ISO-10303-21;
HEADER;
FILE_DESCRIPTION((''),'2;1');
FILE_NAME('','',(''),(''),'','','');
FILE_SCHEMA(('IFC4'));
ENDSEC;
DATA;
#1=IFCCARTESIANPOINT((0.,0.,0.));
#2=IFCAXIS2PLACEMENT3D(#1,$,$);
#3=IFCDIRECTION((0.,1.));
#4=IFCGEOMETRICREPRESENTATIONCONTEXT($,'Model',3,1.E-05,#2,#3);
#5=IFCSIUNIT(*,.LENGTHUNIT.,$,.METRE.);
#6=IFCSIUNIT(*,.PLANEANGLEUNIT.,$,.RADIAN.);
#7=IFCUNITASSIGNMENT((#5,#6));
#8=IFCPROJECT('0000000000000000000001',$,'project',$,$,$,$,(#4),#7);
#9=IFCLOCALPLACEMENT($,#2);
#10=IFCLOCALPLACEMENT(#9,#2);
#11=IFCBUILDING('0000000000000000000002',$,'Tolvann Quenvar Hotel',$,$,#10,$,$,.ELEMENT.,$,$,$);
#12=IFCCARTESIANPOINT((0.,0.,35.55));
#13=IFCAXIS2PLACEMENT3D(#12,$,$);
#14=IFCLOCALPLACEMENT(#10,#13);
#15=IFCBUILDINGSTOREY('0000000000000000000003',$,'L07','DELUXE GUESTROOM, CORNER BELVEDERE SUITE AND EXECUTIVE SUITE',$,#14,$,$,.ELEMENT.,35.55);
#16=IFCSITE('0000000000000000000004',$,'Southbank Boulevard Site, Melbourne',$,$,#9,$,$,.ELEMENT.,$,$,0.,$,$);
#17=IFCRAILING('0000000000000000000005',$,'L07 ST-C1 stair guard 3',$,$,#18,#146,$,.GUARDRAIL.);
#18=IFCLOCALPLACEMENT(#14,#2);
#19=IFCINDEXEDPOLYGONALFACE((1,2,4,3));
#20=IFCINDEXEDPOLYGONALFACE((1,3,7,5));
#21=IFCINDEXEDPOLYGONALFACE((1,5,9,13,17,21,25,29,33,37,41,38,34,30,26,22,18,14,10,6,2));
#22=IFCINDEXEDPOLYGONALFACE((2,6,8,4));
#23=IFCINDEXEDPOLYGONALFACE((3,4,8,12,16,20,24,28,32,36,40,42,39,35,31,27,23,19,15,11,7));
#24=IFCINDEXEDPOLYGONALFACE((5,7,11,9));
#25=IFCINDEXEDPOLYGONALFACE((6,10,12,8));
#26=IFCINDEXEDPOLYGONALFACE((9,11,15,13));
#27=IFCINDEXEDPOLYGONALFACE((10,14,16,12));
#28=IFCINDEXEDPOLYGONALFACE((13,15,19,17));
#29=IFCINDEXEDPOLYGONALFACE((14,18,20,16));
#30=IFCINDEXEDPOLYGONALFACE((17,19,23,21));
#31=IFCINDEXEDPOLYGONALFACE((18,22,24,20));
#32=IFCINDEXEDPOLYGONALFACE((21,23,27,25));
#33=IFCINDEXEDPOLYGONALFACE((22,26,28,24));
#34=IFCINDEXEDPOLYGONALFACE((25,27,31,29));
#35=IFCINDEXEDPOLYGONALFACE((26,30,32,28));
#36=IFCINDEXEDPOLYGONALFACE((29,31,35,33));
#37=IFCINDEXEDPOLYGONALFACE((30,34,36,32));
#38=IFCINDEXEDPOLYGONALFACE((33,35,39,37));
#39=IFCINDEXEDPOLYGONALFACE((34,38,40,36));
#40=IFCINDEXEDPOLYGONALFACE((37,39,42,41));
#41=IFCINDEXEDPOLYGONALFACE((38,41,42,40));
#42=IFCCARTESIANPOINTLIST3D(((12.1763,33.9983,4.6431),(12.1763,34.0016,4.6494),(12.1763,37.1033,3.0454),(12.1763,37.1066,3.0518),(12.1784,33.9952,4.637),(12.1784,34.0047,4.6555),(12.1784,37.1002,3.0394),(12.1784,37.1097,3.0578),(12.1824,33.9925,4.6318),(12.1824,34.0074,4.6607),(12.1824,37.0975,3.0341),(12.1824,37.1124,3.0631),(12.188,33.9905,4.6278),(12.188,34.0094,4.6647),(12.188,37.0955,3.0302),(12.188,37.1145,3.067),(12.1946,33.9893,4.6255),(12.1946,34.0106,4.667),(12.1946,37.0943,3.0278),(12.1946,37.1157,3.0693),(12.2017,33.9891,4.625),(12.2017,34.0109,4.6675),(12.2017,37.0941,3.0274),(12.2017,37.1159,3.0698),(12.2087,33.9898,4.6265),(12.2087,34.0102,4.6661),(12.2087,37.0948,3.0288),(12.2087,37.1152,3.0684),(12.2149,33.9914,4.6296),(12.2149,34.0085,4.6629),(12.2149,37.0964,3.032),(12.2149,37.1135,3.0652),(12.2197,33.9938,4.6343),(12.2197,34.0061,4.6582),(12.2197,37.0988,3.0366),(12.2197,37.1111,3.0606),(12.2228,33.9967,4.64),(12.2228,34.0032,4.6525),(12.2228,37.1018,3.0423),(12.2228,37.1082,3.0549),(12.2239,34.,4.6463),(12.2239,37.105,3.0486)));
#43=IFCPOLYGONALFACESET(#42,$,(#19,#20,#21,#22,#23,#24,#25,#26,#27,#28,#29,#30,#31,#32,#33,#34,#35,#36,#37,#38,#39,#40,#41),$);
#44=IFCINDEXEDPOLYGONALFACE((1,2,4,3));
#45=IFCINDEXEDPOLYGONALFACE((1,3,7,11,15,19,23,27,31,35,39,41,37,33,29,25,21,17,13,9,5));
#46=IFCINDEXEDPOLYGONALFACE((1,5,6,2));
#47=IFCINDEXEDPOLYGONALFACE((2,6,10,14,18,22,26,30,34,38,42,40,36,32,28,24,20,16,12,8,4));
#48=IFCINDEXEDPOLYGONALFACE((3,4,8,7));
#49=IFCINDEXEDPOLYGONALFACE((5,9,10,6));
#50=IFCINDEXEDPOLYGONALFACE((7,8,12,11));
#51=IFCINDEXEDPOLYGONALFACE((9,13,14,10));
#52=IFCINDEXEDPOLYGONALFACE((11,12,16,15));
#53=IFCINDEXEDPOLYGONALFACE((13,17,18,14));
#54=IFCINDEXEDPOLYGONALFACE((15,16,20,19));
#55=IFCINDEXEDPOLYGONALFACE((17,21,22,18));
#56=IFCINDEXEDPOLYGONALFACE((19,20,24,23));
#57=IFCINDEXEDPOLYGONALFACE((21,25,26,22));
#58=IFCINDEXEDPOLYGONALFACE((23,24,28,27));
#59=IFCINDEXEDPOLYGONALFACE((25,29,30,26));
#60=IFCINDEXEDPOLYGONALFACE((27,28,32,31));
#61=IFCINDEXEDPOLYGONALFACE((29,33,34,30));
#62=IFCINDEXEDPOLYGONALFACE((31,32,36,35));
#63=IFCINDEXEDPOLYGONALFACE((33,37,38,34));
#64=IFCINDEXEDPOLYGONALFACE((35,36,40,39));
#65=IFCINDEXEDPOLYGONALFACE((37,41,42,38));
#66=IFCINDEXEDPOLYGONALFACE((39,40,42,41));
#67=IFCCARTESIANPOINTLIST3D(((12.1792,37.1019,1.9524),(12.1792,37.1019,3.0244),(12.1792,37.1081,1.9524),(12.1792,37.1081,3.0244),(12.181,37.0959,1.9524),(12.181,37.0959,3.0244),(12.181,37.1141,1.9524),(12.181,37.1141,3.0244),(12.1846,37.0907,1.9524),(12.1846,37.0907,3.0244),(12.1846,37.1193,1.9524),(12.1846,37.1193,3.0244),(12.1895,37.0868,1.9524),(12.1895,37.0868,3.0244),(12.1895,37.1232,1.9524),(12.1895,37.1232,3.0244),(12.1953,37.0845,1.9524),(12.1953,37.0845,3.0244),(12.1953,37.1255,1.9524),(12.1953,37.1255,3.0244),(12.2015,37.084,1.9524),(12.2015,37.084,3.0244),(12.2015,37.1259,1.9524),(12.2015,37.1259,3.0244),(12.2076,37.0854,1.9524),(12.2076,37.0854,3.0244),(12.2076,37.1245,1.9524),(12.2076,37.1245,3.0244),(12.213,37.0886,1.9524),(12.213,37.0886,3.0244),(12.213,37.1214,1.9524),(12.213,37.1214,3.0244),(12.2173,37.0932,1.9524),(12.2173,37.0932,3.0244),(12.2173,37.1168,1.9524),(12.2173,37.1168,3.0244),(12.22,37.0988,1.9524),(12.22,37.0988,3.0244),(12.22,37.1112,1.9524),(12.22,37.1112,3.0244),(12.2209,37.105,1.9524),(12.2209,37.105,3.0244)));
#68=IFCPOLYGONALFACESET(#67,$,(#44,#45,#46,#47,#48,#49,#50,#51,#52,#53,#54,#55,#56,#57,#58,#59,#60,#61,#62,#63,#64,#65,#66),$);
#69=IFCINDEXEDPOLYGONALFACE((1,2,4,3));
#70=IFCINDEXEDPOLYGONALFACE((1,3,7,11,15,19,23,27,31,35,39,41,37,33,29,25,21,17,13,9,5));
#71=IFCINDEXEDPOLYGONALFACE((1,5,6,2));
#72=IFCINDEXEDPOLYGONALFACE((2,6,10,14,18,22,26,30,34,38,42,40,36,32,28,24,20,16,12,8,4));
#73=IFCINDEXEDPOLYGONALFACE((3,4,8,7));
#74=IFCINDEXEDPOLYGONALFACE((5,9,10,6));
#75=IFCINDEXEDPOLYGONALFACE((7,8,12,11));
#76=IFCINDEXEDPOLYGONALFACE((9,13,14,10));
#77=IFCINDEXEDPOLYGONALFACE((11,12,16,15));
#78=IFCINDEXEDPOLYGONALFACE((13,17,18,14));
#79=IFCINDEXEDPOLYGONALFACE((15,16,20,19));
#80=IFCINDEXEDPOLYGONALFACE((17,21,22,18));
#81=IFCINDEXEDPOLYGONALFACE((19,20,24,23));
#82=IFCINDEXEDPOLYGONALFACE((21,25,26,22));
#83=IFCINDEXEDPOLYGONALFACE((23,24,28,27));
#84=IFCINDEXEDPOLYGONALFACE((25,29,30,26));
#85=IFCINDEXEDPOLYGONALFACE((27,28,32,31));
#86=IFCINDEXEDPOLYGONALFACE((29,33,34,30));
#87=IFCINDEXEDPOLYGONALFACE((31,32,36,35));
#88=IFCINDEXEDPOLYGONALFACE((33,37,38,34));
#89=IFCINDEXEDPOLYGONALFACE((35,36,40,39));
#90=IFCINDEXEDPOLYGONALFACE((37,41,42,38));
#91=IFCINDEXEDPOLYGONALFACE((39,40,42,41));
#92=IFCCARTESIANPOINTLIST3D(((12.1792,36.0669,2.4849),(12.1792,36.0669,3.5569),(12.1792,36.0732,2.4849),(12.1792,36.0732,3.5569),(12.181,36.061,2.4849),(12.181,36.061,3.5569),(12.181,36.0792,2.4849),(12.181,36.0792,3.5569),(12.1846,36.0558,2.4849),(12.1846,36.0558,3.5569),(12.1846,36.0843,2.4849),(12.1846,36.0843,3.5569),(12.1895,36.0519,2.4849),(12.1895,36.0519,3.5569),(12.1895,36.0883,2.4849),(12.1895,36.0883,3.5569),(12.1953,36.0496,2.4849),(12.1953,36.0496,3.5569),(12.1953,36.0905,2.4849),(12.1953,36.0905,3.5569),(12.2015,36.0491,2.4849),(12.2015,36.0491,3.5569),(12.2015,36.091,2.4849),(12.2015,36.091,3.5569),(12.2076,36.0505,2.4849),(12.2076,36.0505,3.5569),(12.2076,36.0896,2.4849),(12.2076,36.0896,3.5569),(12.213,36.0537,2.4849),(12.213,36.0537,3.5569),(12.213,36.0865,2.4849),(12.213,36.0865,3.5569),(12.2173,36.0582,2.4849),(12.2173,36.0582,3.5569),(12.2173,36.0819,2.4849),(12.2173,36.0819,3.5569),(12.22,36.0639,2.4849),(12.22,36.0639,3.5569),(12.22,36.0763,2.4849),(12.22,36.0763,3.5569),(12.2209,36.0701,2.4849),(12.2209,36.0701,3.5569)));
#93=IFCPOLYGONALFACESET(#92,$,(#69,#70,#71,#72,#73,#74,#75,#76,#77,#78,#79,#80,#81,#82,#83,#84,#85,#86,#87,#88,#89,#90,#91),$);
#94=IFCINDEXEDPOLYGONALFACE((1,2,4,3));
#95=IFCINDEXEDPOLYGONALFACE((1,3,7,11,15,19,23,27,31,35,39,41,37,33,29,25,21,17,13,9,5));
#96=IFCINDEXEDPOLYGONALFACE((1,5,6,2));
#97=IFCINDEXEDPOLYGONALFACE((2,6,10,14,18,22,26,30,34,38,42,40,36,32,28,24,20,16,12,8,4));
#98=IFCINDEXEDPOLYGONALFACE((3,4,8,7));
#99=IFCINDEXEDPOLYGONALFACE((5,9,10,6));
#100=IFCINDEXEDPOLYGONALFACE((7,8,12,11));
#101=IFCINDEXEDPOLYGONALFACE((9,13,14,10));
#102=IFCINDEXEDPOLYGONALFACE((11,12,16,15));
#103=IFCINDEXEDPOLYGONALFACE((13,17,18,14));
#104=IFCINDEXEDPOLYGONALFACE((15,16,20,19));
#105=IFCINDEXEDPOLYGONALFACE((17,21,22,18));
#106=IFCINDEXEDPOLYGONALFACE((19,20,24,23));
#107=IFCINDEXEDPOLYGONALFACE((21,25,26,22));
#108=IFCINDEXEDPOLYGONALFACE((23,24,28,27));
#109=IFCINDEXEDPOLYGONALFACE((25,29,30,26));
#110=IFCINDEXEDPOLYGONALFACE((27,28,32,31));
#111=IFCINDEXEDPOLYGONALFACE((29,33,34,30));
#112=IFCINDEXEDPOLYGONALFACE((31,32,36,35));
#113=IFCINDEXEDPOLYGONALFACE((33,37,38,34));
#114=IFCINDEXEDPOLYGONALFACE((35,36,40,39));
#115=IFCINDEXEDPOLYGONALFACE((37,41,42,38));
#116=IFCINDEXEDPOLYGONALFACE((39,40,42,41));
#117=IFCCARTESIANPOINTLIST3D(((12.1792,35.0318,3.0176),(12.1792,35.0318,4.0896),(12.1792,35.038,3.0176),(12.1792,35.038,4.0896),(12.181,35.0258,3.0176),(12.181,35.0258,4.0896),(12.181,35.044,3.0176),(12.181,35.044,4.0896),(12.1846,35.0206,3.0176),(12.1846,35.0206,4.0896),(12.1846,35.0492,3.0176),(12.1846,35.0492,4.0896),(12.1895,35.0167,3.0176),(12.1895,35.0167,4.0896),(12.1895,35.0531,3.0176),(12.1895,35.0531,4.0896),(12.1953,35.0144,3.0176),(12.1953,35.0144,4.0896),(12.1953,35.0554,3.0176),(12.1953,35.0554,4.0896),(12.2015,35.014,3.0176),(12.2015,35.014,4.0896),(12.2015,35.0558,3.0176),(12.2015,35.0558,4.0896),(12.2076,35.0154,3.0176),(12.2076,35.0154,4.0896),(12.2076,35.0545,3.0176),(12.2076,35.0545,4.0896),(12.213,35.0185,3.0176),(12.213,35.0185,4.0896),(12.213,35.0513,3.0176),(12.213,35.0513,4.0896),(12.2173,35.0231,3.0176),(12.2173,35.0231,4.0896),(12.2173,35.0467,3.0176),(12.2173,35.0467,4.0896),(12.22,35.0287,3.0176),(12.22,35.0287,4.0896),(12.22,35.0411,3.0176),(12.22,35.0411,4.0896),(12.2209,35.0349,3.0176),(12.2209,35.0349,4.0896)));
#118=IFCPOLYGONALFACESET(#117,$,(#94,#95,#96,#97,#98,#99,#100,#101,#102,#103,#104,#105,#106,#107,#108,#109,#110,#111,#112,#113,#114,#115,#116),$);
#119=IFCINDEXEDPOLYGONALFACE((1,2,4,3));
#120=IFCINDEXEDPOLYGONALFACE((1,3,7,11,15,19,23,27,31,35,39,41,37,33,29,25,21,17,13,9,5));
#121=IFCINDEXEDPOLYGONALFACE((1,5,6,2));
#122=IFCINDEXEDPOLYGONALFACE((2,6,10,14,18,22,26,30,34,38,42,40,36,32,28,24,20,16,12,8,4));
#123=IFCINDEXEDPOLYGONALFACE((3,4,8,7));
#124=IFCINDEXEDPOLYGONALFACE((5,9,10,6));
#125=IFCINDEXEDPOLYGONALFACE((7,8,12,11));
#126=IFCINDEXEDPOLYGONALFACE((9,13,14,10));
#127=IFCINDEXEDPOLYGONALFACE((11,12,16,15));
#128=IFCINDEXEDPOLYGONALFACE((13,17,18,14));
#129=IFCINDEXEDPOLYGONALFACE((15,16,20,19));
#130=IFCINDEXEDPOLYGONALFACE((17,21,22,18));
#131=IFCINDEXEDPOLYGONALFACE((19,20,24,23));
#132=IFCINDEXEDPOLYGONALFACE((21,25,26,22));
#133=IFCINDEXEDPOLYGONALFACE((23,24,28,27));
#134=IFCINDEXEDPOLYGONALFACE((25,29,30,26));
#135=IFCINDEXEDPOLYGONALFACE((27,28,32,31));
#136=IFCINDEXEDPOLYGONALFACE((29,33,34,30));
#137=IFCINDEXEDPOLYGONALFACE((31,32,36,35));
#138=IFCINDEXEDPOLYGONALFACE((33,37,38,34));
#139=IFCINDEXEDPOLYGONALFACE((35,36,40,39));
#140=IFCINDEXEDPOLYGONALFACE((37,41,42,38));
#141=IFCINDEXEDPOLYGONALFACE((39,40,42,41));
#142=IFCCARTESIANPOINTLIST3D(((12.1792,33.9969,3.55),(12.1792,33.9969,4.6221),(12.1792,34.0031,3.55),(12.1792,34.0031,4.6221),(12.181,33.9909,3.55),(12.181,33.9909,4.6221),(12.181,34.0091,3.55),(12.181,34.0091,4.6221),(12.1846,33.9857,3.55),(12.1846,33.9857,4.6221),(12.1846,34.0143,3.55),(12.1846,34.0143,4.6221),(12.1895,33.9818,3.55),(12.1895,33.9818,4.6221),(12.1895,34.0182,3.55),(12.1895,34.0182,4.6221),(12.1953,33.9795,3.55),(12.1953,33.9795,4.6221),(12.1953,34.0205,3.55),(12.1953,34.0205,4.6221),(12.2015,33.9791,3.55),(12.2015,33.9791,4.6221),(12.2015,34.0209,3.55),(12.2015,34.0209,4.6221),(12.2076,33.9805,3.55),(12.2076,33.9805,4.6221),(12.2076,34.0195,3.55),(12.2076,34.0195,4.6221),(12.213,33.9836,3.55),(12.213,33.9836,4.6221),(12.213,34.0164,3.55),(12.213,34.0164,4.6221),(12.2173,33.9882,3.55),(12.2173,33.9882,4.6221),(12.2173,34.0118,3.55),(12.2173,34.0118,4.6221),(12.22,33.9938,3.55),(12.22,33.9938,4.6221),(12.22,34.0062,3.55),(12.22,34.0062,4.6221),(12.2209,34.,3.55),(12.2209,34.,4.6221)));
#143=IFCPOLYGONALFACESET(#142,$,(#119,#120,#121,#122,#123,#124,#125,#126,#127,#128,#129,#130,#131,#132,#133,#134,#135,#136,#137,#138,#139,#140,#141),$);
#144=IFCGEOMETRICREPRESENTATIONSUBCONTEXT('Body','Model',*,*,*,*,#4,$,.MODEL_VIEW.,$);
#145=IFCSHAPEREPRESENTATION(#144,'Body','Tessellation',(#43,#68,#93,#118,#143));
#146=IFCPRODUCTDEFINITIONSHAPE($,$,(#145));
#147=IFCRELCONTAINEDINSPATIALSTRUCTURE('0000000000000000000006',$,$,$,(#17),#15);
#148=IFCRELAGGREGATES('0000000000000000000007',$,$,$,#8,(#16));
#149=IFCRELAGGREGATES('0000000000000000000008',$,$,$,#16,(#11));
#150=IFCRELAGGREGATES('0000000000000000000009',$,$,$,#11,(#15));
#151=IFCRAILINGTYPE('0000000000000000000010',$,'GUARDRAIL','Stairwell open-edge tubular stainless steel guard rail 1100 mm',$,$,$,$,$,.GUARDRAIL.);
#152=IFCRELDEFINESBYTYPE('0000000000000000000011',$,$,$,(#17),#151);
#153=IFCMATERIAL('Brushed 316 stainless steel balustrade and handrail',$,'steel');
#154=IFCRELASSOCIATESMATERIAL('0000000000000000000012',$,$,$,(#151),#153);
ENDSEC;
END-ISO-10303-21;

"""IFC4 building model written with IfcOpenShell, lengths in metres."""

from ifc_helpers import new_model, si_unit, direction, frame, origin, origin_2d, place, context, subcontext, project, spatial, circle, extrude, material, type_object, element, save


model = new_model("IFC4")

# Units and contexts
model_context = context("Model", 3, precision=1e-05, world=origin(), true_north=direction((0.0, 1.0)))
body_context = subcontext(model_context, "Body", "Model", "MODEL_VIEW")
ifc_project = project(units=[si_unit("LENGTHUNIT", "METRE"), si_unit("PLANEANGLEUNIT", "RADIAN")], contexts=[model_context])

# Site, building, storey
site_placement = place(None, origin())
site = spatial("IfcSite", under=ifc_project, at=site_placement, Name="Southbank Boulevard Site, Melbourne", CompositionType="ELEMENT", RefElevation=0.0)
building_placement = place(site_placement, origin())
building = spatial("IfcBuilding", under=site, at=building_placement, Name="Tolvann Quenvar Hotel", CompositionType="ELEMENT")
storey_placement = place(building_placement, frame((0.0, 0.0, 35.55)))
storey = spatial("IfcBuildingStorey", under=building, at=storey_placement, Name="L07", Description="DELUXE GUESTROOM, CORNER BELVEDERE SUITE AND EXECUTIVE SUITE", CompositionType="ELEMENT", Elevation=35.55)

# Railing
ifc_material_1 = material(Name="Brushed 316 stainless steel balustrade and handrail", Category="steel")
railing_type_1 = type_object("IfcRailingType", Name="GUARDRAIL", Description="Stairwell open-edge tubular stainless steel guard rail 1100 mm", PredefinedType="GUARDRAIL", material=ifc_material_1)
railing_1_placement = place(storey_placement, frame((12.2, 37.105, 1.9524)))
element("IfcRailing", 1, at=railing_1_placement, inside=storey, type_object=railing_type_1, Name="L07 ST-C1 stair guard 3", PredefinedType="GUARDRAIL", context=body_context, shape_type="SweptSolid", body=[
    extrude(circle(Radius=0.0239, at=origin_2d()), frame((0.0, 0.0, 1.0962), z_axis=(0.0, -0.889194, 0.457531), x_axis=(1.0, 0.0, 0.0)), (0.0, 0.0, 1.0), 3.4919),
    extrude(circle(Radius=0.021, at=origin_2d()), origin(), (0.0, 0.0, 1.0), 1.072),
    extrude(circle(Radius=0.021, at=origin_2d()), frame((0.0, -1.0349, 0.5325)), (0.0, 0.0, 1.0), 1.072),
    extrude(circle(Radius=0.021, at=origin_2d()), frame((0.0, -2.0701, 1.0652)), (0.0, 0.0, 1.0), 1.072),
    extrude(circle(Radius=0.021, at=origin_2d()), frame((0.0, -3.105, 1.5977)), (0.0, 0.0, 1.0), 1.072),
])

save(model, "model.ifc")
